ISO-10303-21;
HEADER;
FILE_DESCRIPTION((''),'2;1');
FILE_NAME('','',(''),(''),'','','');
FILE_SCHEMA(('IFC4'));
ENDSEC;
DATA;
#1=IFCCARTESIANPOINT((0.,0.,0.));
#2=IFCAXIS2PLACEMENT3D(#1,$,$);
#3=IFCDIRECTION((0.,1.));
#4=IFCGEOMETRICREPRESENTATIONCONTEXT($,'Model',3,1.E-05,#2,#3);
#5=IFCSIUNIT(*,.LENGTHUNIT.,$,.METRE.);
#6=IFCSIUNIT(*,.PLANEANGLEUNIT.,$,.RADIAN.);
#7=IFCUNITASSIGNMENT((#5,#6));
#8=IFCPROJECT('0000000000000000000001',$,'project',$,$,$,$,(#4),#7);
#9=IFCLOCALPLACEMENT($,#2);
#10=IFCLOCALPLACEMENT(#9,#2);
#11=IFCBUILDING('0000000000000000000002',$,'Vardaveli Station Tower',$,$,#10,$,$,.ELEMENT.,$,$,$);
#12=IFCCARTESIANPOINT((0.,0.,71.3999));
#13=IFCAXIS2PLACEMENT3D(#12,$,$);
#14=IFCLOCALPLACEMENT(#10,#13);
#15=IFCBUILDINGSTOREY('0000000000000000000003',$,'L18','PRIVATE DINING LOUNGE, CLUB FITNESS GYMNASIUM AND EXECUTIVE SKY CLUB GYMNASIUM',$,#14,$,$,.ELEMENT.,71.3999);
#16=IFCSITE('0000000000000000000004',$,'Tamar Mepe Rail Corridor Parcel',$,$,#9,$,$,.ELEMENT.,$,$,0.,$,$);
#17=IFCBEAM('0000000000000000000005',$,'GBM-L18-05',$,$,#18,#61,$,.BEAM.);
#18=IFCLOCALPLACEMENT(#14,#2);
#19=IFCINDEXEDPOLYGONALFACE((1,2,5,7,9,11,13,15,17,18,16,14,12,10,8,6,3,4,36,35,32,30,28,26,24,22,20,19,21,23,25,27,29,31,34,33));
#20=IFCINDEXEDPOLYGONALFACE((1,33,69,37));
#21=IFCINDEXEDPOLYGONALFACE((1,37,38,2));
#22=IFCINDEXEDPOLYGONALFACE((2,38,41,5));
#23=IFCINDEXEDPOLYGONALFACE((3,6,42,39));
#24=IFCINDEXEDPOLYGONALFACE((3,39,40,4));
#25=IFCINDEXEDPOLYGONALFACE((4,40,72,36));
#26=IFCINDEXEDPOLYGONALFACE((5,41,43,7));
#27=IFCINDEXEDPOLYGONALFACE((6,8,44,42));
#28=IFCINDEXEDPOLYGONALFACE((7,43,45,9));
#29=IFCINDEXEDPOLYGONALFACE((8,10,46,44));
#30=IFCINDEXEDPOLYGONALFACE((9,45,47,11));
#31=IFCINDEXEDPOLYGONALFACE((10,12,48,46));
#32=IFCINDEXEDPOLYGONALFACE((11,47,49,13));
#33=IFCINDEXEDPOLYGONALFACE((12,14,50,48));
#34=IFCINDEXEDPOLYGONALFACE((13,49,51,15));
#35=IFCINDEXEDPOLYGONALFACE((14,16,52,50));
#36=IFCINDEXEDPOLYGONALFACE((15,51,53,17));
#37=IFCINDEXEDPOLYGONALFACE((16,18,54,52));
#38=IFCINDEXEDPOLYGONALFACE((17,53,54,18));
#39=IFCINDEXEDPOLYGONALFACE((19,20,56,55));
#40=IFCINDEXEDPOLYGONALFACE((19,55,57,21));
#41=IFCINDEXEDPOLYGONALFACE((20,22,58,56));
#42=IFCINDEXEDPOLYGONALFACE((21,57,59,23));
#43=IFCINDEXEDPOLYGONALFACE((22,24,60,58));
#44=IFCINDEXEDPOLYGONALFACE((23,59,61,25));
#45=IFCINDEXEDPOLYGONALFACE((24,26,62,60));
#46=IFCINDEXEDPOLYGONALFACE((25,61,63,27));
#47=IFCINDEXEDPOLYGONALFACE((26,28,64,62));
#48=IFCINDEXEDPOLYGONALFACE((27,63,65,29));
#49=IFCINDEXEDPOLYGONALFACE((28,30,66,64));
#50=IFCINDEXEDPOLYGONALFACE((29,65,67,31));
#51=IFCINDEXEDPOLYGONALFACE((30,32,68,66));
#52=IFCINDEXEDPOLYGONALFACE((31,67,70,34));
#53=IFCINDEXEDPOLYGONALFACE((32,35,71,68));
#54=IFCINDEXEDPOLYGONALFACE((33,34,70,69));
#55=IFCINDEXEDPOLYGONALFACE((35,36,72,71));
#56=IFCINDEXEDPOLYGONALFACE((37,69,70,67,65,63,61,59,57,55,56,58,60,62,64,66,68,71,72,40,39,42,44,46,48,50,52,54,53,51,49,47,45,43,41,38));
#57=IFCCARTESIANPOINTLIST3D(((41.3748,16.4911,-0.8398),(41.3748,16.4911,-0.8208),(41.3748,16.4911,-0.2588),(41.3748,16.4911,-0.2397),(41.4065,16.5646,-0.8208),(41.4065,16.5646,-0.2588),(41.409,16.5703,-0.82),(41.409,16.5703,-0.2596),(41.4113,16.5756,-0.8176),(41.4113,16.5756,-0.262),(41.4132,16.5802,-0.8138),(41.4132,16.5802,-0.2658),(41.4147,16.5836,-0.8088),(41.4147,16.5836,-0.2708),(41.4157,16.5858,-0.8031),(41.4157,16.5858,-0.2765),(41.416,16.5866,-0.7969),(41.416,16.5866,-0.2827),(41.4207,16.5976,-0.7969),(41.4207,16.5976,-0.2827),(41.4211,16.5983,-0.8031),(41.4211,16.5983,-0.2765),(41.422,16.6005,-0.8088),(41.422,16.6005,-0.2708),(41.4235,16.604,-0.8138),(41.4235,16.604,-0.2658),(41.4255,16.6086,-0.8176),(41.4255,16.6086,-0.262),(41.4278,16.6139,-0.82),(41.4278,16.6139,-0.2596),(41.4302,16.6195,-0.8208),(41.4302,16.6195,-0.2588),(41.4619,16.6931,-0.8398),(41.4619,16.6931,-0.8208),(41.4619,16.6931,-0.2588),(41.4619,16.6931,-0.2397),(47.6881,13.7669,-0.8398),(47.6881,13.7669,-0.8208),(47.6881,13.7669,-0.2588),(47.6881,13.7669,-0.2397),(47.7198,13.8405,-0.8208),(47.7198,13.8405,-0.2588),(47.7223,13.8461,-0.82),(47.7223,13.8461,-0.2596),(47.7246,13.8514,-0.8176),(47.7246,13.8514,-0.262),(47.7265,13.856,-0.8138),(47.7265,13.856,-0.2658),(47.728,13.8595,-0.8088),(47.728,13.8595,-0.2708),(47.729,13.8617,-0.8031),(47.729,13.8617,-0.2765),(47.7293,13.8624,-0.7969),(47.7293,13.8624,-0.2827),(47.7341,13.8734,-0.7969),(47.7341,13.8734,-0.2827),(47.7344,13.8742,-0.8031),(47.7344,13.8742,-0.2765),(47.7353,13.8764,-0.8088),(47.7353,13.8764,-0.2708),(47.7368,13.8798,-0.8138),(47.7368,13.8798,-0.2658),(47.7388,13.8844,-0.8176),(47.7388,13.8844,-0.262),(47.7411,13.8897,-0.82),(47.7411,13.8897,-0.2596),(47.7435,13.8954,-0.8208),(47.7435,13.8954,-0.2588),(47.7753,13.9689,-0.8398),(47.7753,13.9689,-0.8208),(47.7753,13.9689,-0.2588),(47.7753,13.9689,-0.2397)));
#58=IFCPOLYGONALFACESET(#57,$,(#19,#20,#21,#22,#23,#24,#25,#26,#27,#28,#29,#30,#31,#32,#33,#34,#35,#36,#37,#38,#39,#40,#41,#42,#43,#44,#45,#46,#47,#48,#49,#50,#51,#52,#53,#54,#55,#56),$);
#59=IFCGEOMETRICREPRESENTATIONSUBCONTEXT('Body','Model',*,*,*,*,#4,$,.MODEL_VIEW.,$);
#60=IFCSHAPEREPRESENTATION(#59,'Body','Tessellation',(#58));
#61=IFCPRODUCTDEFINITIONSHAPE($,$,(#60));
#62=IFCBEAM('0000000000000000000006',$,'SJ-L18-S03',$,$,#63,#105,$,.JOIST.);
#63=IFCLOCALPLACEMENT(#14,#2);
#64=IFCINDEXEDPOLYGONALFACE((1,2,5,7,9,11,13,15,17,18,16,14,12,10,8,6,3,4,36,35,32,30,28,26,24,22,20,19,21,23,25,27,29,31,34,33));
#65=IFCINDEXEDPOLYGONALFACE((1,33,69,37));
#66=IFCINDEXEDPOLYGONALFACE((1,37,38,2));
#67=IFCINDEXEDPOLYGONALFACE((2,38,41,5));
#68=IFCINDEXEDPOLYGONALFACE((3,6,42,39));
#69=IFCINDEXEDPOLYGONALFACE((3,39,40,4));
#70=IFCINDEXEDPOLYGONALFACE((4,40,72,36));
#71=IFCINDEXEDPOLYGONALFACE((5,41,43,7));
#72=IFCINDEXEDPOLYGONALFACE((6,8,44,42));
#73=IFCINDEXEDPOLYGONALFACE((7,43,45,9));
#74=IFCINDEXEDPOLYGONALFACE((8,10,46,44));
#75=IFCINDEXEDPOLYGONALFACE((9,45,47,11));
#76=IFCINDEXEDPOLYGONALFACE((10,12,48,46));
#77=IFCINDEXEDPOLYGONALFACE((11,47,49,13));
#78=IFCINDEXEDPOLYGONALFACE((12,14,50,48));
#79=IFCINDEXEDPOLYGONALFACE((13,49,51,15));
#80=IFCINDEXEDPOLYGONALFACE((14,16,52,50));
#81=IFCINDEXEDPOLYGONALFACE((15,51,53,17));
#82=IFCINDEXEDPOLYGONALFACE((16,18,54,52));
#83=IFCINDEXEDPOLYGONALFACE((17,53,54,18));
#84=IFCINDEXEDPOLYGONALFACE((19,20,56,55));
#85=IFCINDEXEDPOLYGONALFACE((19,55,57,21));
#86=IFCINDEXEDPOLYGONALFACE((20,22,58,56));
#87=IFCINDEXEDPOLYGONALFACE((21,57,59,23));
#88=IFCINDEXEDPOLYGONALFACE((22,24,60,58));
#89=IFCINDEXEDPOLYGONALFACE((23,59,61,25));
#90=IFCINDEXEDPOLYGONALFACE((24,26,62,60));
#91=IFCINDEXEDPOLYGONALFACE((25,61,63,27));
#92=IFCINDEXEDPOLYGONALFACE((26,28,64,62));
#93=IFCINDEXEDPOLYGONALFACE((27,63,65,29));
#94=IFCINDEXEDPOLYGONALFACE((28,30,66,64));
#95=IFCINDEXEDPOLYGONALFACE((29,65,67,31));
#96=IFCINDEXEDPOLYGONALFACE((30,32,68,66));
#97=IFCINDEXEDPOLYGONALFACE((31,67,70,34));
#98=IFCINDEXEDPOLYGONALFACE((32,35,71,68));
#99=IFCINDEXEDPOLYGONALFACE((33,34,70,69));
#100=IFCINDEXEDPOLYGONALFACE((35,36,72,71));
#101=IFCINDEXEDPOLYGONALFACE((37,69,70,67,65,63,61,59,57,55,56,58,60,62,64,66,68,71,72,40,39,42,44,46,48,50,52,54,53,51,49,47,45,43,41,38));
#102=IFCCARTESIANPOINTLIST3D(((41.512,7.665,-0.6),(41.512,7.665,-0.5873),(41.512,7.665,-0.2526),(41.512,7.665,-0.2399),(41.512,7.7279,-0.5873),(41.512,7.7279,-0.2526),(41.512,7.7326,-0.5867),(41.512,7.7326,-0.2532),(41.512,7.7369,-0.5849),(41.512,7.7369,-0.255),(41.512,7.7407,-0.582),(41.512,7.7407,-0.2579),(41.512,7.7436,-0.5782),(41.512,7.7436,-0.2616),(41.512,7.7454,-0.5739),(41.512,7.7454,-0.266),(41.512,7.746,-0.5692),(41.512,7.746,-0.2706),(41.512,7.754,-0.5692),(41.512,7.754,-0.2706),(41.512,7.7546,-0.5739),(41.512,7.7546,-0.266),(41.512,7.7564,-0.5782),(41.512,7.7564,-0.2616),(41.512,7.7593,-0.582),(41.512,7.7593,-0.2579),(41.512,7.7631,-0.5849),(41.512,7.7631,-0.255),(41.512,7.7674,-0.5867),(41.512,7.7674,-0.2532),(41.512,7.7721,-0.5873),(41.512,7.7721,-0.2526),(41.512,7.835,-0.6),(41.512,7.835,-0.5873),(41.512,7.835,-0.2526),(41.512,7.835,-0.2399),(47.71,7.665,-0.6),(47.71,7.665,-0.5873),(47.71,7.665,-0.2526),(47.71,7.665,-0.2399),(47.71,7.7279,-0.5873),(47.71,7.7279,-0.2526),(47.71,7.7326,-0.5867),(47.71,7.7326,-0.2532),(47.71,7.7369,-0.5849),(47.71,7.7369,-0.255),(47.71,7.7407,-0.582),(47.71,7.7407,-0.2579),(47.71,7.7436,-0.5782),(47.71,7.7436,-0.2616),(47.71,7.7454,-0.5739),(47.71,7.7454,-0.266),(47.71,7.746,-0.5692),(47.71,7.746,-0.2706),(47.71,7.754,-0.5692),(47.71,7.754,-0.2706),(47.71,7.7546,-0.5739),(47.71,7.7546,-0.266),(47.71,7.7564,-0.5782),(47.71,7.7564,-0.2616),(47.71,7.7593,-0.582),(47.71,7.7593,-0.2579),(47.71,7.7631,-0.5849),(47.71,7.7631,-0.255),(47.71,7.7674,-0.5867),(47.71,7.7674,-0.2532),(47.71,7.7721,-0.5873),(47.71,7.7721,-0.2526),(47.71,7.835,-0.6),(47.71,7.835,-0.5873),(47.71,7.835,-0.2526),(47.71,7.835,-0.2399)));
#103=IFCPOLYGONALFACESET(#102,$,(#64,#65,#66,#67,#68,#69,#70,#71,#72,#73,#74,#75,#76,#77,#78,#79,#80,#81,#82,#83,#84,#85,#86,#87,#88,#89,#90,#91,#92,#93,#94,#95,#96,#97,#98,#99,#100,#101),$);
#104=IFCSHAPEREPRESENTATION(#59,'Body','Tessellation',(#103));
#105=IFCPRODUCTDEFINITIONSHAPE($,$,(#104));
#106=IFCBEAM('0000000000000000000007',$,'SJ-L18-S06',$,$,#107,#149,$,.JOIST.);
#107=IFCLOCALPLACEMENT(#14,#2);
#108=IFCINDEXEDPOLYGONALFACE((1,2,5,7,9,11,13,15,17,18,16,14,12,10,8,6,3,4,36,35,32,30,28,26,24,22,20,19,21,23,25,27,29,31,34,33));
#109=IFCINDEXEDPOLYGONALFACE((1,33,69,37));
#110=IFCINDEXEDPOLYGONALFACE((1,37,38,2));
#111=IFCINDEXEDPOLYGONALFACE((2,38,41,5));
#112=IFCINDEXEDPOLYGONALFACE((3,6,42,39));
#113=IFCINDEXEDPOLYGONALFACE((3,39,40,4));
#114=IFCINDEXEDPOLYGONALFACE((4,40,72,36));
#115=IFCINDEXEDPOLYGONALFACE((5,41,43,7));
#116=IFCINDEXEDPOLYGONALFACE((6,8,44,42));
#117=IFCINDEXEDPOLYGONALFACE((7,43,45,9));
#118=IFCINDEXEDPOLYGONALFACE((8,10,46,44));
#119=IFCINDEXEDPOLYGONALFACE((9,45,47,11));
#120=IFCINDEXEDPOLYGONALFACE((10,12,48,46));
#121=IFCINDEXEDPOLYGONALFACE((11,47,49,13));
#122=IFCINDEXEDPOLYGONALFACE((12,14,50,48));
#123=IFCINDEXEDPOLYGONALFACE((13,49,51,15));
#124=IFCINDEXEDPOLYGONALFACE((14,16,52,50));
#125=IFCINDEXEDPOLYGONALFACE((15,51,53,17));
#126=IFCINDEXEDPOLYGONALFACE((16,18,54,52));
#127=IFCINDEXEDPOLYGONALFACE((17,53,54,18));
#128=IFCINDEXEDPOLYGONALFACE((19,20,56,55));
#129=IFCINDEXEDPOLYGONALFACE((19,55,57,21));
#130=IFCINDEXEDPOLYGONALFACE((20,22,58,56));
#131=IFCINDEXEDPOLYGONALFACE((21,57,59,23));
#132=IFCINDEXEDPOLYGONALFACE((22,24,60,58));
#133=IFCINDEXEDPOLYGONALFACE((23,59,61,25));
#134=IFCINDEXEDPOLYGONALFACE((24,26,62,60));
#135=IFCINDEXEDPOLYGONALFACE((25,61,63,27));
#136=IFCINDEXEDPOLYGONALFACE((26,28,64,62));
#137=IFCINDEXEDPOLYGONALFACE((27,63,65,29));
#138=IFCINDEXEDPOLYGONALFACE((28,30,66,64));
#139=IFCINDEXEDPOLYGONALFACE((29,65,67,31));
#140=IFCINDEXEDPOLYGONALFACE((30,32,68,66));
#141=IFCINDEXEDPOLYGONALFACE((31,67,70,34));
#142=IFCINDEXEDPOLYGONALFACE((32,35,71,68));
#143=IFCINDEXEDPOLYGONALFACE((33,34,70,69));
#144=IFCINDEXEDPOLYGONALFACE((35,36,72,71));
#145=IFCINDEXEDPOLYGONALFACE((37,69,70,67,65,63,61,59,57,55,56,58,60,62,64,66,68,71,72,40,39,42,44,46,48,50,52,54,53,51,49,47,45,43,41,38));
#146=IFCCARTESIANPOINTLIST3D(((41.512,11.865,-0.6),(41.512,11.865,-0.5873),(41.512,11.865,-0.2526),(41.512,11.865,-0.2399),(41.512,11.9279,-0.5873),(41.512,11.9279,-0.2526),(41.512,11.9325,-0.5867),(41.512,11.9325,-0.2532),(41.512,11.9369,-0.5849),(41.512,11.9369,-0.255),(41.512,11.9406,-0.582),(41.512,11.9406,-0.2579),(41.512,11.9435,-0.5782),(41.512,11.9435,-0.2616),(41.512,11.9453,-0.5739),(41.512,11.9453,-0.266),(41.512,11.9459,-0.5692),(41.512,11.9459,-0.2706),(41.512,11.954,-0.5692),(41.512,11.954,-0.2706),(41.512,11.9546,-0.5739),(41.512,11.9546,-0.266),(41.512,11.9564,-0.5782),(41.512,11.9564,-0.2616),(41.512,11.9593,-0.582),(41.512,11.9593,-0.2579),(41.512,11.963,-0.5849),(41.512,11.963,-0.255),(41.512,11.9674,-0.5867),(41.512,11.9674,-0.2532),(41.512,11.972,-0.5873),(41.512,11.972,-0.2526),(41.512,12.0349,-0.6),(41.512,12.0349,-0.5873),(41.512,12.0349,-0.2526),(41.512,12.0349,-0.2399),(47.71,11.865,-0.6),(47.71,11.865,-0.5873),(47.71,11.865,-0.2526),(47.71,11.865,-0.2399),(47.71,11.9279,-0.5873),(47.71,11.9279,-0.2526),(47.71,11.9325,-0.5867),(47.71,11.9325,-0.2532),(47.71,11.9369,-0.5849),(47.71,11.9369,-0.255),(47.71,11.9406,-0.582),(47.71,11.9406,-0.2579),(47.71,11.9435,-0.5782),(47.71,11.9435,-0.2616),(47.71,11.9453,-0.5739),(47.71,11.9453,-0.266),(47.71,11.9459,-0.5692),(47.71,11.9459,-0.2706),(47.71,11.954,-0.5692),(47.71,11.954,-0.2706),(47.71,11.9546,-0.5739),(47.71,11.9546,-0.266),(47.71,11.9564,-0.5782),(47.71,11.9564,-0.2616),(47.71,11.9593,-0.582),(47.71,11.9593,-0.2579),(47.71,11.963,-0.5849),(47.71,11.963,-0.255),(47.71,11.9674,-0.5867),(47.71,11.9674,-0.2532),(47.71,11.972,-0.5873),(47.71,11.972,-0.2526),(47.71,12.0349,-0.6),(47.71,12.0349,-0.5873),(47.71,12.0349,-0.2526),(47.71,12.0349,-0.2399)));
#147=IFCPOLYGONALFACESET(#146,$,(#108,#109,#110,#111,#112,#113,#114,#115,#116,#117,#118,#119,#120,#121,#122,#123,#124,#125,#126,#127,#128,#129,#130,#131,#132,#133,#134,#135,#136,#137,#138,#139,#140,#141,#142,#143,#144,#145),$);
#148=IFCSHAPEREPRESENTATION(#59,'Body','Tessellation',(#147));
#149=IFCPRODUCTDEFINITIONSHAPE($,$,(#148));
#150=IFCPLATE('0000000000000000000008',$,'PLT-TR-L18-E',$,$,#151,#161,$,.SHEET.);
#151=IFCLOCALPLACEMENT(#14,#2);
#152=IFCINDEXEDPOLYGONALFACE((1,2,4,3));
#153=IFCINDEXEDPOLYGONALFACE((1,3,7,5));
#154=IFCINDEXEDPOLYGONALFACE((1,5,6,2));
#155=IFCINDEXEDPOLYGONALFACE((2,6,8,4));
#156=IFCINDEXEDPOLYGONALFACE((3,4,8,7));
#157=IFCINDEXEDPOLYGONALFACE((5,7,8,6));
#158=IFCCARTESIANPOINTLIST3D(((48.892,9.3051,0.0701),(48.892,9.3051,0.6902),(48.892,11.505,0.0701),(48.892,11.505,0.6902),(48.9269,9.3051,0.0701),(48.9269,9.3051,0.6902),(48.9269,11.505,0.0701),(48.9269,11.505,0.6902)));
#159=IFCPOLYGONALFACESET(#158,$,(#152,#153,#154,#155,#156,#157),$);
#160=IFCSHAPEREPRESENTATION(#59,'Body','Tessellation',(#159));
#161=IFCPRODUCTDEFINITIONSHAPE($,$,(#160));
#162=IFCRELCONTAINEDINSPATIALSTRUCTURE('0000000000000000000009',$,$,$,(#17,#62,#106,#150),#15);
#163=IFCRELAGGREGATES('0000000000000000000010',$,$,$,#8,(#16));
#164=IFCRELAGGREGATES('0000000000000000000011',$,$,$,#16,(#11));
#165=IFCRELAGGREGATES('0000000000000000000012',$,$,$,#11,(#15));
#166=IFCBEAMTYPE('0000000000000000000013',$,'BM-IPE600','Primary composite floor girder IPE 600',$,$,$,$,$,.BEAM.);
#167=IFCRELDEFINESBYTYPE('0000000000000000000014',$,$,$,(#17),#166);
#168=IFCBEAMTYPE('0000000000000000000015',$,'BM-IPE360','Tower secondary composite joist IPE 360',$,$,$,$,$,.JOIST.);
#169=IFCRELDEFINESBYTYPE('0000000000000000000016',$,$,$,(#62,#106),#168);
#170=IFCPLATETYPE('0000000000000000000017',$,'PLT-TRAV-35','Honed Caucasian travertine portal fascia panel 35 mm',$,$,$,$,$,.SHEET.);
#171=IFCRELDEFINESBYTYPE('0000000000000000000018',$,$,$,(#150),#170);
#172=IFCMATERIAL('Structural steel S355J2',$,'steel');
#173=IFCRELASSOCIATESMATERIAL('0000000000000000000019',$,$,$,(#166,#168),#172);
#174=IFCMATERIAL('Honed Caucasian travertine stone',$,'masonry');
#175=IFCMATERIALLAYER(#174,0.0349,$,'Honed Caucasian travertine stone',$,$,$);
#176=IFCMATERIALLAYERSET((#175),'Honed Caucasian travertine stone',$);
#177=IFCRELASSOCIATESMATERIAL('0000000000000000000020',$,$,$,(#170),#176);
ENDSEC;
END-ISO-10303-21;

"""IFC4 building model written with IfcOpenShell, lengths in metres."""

from ifc_helpers import new_model, si_unit, direction, frame, origin, origin_2d, place, context, subcontext, project, spatial, rectangle, i_section, extrude, source, transform, mapped, material, layer, layer_set, material_profile, profile_set, type_object, element, save


model = new_model("IFC4")

# Units and contexts
model_context = context("Model", 3, precision=1e-05, world=origin(), true_north=direction((0.0, 1.0)))
body_context = subcontext(model_context, "Body", "Model", "MODEL_VIEW")
ifc_project = project(units=[si_unit("LENGTHUNIT", "METRE"), si_unit("PLANEANGLEUNIT", "RADIAN")], contexts=[model_context])

# Site, building, storey
site_placement = place(None, origin())
site = spatial("IfcSite", under=ifc_project, at=site_placement, Name="Tamar Mepe Rail Corridor Parcel", CompositionType="ELEMENT", RefElevation=0.0)
building_placement = place(site_placement, origin())
building = spatial("IfcBuilding", under=site, at=building_placement, Name="Vardaveli Station Tower", CompositionType="ELEMENT")
storey_placement = place(building_placement, frame((0.0, 0.0, 71.3999)))
storey = spatial("IfcBuildingStorey", under=building, at=storey_placement, Name="L18", Description="PRIVATE DINING LOUNGE, CLUB FITNESS GYMNASIUM AND EXECUTIVE SKY CLUB GYMNASIUM", CompositionType="ELEMENT", Elevation=71.3999)

# Beams
ifc_material_1 = material(Name="Structural steel S355J2", Category="steel")
ifc_material_profile_1 = material_profile(ifc_material_1, i_section(OverallWidth=0.22, OverallDepth=0.6001, WebThickness=0.012, FlangeThickness=0.019, FilletRadius=0.0239, at=origin_2d()), Name="IPE 600")
ifc_profile_set_1 = profile_set([ifc_material_profile_1], Name="Structural steel S355J2")
beam_type_1 = type_object("IfcBeamType", Name="BM-IPE600", Description="Primary composite floor girder IPE 600", PredefinedType="BEAM", material=ifc_profile_set_1)
shared_shape_1 = source(origin(), body_context, "Body", "SweptSolid", [
    extrude(i_section(OverallWidth=0.22, OverallDepth=0.6001, WebThickness=0.012, FlangeThickness=0.019, FilletRadius=0.0239, at=origin_2d()), origin(), (0.0, 0.0, 1.0), 6.876),
])
beam_1_placement = place(storey_placement, frame((47.7317, 13.8679, -0.5398), z_axis=(-0.918171, 0.396185, 0.0), x_axis=(-0.396185, -0.918171, 0.0)))
element("IfcBeam", 1, at=beam_1_placement, inside=storey, type_object=beam_type_1, Name="GBM-L18-05", PredefinedType="BEAM", context=body_context, shape_type="MappedRepresentation", body=[
    mapped(shared_shape_1, transform((0.0, 0.0, 0.0), scale=1.0)),
])
ifc_material_profile_2 = material_profile(ifc_material_1, i_section(OverallWidth=0.1699, OverallDepth=0.3601, WebThickness=0.0081, FlangeThickness=0.0127, FilletRadius=0.0181, at=origin_2d()), Name="IPE 360")
ifc_profile_set_2 = profile_set([ifc_material_profile_2], Name="Structural steel S355J2")
beam_type_2 = type_object("IfcBeamType", Name="BM-IPE360", Description="Tower secondary composite joist IPE 360", PredefinedType="JOIST", material=ifc_profile_set_2)
shared_shape_2 = source(origin(), body_context, "Body", "SweptSolid", [
    extrude(i_section(OverallWidth=0.1699, OverallDepth=0.3601, WebThickness=0.0081, FlangeThickness=0.0127, FilletRadius=0.0181, at=origin_2d()), origin(), (0.0, 0.0, 1.0), 6.198),
])
for number, where, z_axis, x_axis, name in (
    (2, (41.512, 7.75, -0.4199), (1.0, 0.0, 0.0), (0.0, 1.0, 0.0), "SJ-L18-S03"),
    (3, (41.512, 11.95, -0.4199), (1.0, 0.0, 0.0), (0.0, 1.0, 0.0), "SJ-L18-S06"),
):
    element("IfcBeam", number, at=place(storey_placement, frame(where, z_axis=z_axis, x_axis=x_axis)), inside=storey, type_object=beam_type_2, Name=name, PredefinedType="JOIST", context=body_context, shape_type="MappedRepresentation", body=[
        mapped(shared_shape_2, transform((0.0, 0.0, 0.0), scale=1.0)),
    ])

# Plate
ifc_material_2 = material(Name="Honed Caucasian travertine stone", Category="masonry")
ifc_layer_1 = layer(ifc_material_2, 0.0349, Name="Honed Caucasian travertine stone")
ifc_layer_set_1 = layer_set([ifc_layer_1], Name="Honed Caucasian travertine stone")
plate_type = type_object("IfcPlateType", Name="PLT-TRAV-35", Description="Honed Caucasian travertine portal fascia panel 35 mm", PredefinedType="SHEET", material=ifc_layer_set_1)
shared_shape_3 = source(origin(), body_context, "Body", "SweptSolid", [
    extrude(rectangle(XDim=2.2, YDim=0.0349, at=origin_2d()), origin(), (0.0, 0.0, 1.0), 0.6201),
])
plate_placement = place(storey_placement, frame((48.9094, 10.405, 0.0701), z_axis=(0.0, 0.0, 1.0), x_axis=(0.0, 1.0, 0.0)))
element("IfcPlate", 4, at=plate_placement, inside=storey, type_object=plate_type, Name="PLT-TR-L18-E", PredefinedType="SHEET", context=body_context, shape_type="MappedRepresentation", body=[
    mapped(shared_shape_3, transform((0.0, 0.0, 0.0), scale=1.0)),
])

save(model, "model.ifc")
